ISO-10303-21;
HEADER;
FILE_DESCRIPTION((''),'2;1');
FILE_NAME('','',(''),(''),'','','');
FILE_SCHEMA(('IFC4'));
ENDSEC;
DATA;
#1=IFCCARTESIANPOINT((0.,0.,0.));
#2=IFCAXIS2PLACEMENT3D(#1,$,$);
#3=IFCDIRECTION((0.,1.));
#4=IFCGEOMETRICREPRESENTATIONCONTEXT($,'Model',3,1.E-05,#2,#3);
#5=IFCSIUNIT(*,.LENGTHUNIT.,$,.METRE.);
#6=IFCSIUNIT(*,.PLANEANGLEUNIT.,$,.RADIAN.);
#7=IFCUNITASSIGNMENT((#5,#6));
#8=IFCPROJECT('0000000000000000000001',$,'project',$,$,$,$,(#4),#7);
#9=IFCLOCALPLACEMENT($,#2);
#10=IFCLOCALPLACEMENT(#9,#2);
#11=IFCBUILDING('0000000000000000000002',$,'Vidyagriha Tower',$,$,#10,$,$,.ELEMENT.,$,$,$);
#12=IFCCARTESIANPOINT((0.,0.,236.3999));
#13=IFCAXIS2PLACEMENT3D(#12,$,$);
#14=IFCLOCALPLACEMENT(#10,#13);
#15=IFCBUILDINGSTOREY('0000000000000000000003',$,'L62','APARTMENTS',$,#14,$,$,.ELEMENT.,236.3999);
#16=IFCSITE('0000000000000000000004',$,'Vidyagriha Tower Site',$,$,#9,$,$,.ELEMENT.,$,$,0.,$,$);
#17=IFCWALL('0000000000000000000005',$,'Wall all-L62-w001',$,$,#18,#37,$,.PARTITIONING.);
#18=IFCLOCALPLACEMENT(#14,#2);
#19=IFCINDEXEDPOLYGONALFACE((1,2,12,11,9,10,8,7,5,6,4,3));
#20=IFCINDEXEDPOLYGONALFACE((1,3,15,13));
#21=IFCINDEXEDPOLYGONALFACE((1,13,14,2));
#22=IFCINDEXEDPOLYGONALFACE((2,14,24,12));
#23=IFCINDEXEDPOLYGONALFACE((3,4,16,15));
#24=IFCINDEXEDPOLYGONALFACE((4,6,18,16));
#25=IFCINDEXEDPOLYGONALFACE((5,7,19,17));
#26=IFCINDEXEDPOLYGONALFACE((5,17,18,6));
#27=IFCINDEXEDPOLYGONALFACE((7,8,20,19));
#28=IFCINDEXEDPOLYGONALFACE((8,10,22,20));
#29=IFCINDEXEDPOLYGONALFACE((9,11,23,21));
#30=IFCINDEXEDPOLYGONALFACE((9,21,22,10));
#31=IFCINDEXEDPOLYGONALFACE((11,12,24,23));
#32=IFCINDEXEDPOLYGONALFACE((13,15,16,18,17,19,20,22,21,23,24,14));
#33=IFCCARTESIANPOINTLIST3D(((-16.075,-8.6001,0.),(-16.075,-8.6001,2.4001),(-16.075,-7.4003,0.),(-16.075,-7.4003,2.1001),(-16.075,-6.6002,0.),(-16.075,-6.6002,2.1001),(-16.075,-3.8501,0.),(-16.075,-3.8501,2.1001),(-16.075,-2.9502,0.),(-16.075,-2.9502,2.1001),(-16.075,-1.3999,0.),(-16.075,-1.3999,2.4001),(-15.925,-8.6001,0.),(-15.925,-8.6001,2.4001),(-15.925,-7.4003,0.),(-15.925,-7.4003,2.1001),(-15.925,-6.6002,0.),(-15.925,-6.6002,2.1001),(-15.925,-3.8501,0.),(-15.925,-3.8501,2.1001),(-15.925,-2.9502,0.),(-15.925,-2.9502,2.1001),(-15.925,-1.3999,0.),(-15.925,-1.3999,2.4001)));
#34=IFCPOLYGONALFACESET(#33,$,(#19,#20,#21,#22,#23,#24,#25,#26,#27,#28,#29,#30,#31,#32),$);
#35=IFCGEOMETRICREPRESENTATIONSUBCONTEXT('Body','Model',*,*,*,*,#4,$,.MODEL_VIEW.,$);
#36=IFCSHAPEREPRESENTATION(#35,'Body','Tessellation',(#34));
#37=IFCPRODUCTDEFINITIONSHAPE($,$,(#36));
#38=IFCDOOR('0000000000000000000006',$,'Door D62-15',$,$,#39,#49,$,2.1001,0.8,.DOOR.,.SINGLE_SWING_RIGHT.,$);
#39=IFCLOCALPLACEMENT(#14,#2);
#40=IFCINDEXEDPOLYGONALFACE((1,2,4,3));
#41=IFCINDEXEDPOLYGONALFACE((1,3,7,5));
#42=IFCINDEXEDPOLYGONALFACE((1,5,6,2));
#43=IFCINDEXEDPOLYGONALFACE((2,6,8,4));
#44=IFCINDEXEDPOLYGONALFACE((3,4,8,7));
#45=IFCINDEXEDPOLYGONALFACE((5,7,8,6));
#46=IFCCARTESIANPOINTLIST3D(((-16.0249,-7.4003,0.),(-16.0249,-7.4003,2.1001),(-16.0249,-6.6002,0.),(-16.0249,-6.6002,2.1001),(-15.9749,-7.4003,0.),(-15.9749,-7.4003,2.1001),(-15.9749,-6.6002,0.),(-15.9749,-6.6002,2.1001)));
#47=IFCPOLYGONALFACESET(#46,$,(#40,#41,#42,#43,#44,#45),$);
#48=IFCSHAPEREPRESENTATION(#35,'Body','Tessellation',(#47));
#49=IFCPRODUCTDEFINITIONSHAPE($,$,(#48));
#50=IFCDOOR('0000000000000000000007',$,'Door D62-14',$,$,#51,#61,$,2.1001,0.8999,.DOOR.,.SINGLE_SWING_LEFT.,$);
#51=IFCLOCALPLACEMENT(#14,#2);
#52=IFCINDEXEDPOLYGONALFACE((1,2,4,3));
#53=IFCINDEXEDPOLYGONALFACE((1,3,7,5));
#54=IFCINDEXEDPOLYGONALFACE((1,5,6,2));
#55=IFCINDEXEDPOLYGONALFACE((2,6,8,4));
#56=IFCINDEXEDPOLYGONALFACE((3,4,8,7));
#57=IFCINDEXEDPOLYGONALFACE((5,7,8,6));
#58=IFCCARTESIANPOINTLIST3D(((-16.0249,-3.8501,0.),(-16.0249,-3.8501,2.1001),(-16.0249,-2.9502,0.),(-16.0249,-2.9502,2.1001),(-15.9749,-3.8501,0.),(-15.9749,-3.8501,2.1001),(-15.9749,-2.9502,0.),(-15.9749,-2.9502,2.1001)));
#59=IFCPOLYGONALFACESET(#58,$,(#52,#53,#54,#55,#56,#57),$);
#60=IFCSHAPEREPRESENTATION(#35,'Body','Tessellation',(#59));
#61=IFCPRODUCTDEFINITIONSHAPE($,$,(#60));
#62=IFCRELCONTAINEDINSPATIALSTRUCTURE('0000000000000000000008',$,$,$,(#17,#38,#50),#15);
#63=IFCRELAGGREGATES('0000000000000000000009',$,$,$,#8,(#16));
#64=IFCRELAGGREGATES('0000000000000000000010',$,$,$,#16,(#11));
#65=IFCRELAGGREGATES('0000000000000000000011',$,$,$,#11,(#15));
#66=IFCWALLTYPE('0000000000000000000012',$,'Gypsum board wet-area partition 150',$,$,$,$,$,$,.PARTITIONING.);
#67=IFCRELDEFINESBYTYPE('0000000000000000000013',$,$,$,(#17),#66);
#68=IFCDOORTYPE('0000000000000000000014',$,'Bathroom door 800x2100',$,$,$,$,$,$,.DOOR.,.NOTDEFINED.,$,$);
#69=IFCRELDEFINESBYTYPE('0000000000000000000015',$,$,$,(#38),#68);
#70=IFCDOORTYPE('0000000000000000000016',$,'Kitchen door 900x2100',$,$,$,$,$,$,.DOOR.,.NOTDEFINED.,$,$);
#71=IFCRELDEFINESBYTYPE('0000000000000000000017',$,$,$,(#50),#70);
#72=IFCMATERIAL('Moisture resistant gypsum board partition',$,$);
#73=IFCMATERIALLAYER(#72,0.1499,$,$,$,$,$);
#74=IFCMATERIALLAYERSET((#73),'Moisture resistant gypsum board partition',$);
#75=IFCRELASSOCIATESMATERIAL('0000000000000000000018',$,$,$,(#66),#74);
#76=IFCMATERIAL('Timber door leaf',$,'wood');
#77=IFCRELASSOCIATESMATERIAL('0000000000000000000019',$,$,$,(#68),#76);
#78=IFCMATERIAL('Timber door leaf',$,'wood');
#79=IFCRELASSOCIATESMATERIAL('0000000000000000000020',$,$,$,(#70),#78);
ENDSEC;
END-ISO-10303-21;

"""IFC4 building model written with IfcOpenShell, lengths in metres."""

from ifc_helpers import new_model, si_unit, direction, frame, frame_2d, origin, place, context, subcontext, project, spatial, rectangle, extrude, material, layer, layer_set, type_object, element, fill, save


model = new_model("IFC4")

# Units and contexts
model_context = context("Model", 3, precision=1e-05, world=origin(), true_north=direction((0.0, 1.0)))
body_context = subcontext(model_context, "Body", "Model", "MODEL_VIEW")
ifc_project = project(units=[si_unit("LENGTHUNIT", "METRE"), si_unit("PLANEANGLEUNIT", "RADIAN")], contexts=[model_context])

# Site, building, storey
site_placement = place(None, origin())
site = spatial("IfcSite", under=ifc_project, at=site_placement, Name="Vidyagriha Tower Site", CompositionType="ELEMENT", RefElevation=0.0)
building_placement = place(site_placement, origin())
building = spatial("IfcBuilding", under=site, at=building_placement, Name="Vidyagriha Tower", CompositionType="ELEMENT")
storey_placement = place(building_placement, frame((0.0, 0.0, 236.3999)))
storey = spatial("IfcBuildingStorey", under=building, at=storey_placement, Name="L62", Description="APARTMENTS", CompositionType="ELEMENT", Elevation=236.3999)

# Wall, openings, doors
ifc_material_1 = material(Name="Moisture resistant gypsum board partition")
ifc_layer_1 = layer(ifc_material_1, 0.1499)
ifc_layer_set_1 = layer_set([ifc_layer_1], Name="Moisture resistant gypsum board partition")
wall_type_1 = type_object("IfcWallType", Name="Gypsum board wet-area partition 150", PredefinedType="PARTITIONING", material=ifc_layer_set_1)
wall_1_placement = place(storey_placement, frame((-16.0, -8.6001, 0.0), z_axis=(0.0, 0.0, 1.0), x_axis=(0.0, 1.0, 0.0)))
wall_1 = element("IfcWall", 1, at=wall_1_placement, inside=storey, type_object=wall_type_1, Name="Wall all-L62-w001", PredefinedType="PARTITIONING", context=body_context, shape_type="SweptSolid", body=[
    extrude(rectangle(XDim=7.2002, YDim=0.1499, at=frame_2d((3.6001, 0.0))), origin(), (0.0, 0.0, 1.0), 2.4001),
])
opening_1_placement = place(wall_1_placement, frame((4.75, 0.0, 0.0)))
opening_1 = element("IfcOpeningElement", 2, at=opening_1_placement, cuts=wall_1, PredefinedType="OPENING", context=body_context, shape_type="SweptSolid", body=[
    extrude(rectangle(XDim=0.8999, YDim=2.1001, at=frame_2d((0.45, 1.05))), frame((0.0, 0.085, 0.0), z_axis=(0.0, -1.0, 0.0), x_axis=(1.0, 0.0, 0.0)), (0.0, 0.0, 1.0), 0.1699),
])
opening_2_placement = place(wall_1_placement, frame((1.2, 0.0, 0.0)))
opening_2 = element("IfcOpeningElement", 3, at=opening_2_placement, cuts=wall_1, PredefinedType="OPENING", context=body_context, shape_type="SweptSolid", body=[
    extrude(rectangle(XDim=0.8, YDim=2.1001, at=frame_2d((0.3999, 1.05))), frame((0.0, 0.085, 0.0), z_axis=(0.0, -1.0, 0.0), x_axis=(1.0, 0.0, 0.0)), (0.0, 0.0, 1.0), 0.1699),
])
ifc_material_2 = material(Name="Timber door leaf", Category="wood")
door_type_1 = type_object("IfcDoorType", Name="Bathroom door 800x2100", OperationType="NOTDEFINED", PredefinedType="DOOR", material=ifc_material_2)
door_1_placement = place(opening_2_placement, origin())
door_1 = element("IfcDoor", 4, at=door_1_placement, inside=storey, type_object=door_type_1, Name="Door D62-15", OperationType="SINGLE_SWING_RIGHT", OverallHeight=2.1001, OverallWidth=0.8, PredefinedType="DOOR", context=body_context, shape_type="SweptSolid", body=[
    extrude(rectangle(XDim=0.8, YDim=2.1001, at=frame_2d((0.3999, 1.05))), frame((0.0, 0.0249, 0.0), z_axis=(0.0, -1.0, 0.0), x_axis=(1.0, 0.0, 0.0)), (0.0, 0.0, 1.0), 0.05),
])
fill(opening_2, door_1)
ifc_material_3 = material(Name="Timber door leaf", Category="wood")
door_type_2 = type_object("IfcDoorType", Name="Kitchen door 900x2100", OperationType="NOTDEFINED", PredefinedType="DOOR", material=ifc_material_3)
door_2_placement = place(opening_1_placement, origin())
door_2 = element("IfcDoor", 5, at=door_2_placement, inside=storey, type_object=door_type_2, Name="Door D62-14", OperationType="SINGLE_SWING_LEFT", OverallHeight=2.1001, OverallWidth=0.8999, PredefinedType="DOOR", context=body_context, shape_type="SweptSolid", body=[
    extrude(rectangle(XDim=0.8999, YDim=2.1001, at=frame_2d((0.45, 1.05))), frame((0.0, 0.0249, 0.0), z_axis=(0.0, -1.0, 0.0), x_axis=(1.0, 0.0, 0.0)), (0.0, 0.0, 1.0), 0.05),
])
fill(opening_1, door_2)

save(model, "model.ifc")
